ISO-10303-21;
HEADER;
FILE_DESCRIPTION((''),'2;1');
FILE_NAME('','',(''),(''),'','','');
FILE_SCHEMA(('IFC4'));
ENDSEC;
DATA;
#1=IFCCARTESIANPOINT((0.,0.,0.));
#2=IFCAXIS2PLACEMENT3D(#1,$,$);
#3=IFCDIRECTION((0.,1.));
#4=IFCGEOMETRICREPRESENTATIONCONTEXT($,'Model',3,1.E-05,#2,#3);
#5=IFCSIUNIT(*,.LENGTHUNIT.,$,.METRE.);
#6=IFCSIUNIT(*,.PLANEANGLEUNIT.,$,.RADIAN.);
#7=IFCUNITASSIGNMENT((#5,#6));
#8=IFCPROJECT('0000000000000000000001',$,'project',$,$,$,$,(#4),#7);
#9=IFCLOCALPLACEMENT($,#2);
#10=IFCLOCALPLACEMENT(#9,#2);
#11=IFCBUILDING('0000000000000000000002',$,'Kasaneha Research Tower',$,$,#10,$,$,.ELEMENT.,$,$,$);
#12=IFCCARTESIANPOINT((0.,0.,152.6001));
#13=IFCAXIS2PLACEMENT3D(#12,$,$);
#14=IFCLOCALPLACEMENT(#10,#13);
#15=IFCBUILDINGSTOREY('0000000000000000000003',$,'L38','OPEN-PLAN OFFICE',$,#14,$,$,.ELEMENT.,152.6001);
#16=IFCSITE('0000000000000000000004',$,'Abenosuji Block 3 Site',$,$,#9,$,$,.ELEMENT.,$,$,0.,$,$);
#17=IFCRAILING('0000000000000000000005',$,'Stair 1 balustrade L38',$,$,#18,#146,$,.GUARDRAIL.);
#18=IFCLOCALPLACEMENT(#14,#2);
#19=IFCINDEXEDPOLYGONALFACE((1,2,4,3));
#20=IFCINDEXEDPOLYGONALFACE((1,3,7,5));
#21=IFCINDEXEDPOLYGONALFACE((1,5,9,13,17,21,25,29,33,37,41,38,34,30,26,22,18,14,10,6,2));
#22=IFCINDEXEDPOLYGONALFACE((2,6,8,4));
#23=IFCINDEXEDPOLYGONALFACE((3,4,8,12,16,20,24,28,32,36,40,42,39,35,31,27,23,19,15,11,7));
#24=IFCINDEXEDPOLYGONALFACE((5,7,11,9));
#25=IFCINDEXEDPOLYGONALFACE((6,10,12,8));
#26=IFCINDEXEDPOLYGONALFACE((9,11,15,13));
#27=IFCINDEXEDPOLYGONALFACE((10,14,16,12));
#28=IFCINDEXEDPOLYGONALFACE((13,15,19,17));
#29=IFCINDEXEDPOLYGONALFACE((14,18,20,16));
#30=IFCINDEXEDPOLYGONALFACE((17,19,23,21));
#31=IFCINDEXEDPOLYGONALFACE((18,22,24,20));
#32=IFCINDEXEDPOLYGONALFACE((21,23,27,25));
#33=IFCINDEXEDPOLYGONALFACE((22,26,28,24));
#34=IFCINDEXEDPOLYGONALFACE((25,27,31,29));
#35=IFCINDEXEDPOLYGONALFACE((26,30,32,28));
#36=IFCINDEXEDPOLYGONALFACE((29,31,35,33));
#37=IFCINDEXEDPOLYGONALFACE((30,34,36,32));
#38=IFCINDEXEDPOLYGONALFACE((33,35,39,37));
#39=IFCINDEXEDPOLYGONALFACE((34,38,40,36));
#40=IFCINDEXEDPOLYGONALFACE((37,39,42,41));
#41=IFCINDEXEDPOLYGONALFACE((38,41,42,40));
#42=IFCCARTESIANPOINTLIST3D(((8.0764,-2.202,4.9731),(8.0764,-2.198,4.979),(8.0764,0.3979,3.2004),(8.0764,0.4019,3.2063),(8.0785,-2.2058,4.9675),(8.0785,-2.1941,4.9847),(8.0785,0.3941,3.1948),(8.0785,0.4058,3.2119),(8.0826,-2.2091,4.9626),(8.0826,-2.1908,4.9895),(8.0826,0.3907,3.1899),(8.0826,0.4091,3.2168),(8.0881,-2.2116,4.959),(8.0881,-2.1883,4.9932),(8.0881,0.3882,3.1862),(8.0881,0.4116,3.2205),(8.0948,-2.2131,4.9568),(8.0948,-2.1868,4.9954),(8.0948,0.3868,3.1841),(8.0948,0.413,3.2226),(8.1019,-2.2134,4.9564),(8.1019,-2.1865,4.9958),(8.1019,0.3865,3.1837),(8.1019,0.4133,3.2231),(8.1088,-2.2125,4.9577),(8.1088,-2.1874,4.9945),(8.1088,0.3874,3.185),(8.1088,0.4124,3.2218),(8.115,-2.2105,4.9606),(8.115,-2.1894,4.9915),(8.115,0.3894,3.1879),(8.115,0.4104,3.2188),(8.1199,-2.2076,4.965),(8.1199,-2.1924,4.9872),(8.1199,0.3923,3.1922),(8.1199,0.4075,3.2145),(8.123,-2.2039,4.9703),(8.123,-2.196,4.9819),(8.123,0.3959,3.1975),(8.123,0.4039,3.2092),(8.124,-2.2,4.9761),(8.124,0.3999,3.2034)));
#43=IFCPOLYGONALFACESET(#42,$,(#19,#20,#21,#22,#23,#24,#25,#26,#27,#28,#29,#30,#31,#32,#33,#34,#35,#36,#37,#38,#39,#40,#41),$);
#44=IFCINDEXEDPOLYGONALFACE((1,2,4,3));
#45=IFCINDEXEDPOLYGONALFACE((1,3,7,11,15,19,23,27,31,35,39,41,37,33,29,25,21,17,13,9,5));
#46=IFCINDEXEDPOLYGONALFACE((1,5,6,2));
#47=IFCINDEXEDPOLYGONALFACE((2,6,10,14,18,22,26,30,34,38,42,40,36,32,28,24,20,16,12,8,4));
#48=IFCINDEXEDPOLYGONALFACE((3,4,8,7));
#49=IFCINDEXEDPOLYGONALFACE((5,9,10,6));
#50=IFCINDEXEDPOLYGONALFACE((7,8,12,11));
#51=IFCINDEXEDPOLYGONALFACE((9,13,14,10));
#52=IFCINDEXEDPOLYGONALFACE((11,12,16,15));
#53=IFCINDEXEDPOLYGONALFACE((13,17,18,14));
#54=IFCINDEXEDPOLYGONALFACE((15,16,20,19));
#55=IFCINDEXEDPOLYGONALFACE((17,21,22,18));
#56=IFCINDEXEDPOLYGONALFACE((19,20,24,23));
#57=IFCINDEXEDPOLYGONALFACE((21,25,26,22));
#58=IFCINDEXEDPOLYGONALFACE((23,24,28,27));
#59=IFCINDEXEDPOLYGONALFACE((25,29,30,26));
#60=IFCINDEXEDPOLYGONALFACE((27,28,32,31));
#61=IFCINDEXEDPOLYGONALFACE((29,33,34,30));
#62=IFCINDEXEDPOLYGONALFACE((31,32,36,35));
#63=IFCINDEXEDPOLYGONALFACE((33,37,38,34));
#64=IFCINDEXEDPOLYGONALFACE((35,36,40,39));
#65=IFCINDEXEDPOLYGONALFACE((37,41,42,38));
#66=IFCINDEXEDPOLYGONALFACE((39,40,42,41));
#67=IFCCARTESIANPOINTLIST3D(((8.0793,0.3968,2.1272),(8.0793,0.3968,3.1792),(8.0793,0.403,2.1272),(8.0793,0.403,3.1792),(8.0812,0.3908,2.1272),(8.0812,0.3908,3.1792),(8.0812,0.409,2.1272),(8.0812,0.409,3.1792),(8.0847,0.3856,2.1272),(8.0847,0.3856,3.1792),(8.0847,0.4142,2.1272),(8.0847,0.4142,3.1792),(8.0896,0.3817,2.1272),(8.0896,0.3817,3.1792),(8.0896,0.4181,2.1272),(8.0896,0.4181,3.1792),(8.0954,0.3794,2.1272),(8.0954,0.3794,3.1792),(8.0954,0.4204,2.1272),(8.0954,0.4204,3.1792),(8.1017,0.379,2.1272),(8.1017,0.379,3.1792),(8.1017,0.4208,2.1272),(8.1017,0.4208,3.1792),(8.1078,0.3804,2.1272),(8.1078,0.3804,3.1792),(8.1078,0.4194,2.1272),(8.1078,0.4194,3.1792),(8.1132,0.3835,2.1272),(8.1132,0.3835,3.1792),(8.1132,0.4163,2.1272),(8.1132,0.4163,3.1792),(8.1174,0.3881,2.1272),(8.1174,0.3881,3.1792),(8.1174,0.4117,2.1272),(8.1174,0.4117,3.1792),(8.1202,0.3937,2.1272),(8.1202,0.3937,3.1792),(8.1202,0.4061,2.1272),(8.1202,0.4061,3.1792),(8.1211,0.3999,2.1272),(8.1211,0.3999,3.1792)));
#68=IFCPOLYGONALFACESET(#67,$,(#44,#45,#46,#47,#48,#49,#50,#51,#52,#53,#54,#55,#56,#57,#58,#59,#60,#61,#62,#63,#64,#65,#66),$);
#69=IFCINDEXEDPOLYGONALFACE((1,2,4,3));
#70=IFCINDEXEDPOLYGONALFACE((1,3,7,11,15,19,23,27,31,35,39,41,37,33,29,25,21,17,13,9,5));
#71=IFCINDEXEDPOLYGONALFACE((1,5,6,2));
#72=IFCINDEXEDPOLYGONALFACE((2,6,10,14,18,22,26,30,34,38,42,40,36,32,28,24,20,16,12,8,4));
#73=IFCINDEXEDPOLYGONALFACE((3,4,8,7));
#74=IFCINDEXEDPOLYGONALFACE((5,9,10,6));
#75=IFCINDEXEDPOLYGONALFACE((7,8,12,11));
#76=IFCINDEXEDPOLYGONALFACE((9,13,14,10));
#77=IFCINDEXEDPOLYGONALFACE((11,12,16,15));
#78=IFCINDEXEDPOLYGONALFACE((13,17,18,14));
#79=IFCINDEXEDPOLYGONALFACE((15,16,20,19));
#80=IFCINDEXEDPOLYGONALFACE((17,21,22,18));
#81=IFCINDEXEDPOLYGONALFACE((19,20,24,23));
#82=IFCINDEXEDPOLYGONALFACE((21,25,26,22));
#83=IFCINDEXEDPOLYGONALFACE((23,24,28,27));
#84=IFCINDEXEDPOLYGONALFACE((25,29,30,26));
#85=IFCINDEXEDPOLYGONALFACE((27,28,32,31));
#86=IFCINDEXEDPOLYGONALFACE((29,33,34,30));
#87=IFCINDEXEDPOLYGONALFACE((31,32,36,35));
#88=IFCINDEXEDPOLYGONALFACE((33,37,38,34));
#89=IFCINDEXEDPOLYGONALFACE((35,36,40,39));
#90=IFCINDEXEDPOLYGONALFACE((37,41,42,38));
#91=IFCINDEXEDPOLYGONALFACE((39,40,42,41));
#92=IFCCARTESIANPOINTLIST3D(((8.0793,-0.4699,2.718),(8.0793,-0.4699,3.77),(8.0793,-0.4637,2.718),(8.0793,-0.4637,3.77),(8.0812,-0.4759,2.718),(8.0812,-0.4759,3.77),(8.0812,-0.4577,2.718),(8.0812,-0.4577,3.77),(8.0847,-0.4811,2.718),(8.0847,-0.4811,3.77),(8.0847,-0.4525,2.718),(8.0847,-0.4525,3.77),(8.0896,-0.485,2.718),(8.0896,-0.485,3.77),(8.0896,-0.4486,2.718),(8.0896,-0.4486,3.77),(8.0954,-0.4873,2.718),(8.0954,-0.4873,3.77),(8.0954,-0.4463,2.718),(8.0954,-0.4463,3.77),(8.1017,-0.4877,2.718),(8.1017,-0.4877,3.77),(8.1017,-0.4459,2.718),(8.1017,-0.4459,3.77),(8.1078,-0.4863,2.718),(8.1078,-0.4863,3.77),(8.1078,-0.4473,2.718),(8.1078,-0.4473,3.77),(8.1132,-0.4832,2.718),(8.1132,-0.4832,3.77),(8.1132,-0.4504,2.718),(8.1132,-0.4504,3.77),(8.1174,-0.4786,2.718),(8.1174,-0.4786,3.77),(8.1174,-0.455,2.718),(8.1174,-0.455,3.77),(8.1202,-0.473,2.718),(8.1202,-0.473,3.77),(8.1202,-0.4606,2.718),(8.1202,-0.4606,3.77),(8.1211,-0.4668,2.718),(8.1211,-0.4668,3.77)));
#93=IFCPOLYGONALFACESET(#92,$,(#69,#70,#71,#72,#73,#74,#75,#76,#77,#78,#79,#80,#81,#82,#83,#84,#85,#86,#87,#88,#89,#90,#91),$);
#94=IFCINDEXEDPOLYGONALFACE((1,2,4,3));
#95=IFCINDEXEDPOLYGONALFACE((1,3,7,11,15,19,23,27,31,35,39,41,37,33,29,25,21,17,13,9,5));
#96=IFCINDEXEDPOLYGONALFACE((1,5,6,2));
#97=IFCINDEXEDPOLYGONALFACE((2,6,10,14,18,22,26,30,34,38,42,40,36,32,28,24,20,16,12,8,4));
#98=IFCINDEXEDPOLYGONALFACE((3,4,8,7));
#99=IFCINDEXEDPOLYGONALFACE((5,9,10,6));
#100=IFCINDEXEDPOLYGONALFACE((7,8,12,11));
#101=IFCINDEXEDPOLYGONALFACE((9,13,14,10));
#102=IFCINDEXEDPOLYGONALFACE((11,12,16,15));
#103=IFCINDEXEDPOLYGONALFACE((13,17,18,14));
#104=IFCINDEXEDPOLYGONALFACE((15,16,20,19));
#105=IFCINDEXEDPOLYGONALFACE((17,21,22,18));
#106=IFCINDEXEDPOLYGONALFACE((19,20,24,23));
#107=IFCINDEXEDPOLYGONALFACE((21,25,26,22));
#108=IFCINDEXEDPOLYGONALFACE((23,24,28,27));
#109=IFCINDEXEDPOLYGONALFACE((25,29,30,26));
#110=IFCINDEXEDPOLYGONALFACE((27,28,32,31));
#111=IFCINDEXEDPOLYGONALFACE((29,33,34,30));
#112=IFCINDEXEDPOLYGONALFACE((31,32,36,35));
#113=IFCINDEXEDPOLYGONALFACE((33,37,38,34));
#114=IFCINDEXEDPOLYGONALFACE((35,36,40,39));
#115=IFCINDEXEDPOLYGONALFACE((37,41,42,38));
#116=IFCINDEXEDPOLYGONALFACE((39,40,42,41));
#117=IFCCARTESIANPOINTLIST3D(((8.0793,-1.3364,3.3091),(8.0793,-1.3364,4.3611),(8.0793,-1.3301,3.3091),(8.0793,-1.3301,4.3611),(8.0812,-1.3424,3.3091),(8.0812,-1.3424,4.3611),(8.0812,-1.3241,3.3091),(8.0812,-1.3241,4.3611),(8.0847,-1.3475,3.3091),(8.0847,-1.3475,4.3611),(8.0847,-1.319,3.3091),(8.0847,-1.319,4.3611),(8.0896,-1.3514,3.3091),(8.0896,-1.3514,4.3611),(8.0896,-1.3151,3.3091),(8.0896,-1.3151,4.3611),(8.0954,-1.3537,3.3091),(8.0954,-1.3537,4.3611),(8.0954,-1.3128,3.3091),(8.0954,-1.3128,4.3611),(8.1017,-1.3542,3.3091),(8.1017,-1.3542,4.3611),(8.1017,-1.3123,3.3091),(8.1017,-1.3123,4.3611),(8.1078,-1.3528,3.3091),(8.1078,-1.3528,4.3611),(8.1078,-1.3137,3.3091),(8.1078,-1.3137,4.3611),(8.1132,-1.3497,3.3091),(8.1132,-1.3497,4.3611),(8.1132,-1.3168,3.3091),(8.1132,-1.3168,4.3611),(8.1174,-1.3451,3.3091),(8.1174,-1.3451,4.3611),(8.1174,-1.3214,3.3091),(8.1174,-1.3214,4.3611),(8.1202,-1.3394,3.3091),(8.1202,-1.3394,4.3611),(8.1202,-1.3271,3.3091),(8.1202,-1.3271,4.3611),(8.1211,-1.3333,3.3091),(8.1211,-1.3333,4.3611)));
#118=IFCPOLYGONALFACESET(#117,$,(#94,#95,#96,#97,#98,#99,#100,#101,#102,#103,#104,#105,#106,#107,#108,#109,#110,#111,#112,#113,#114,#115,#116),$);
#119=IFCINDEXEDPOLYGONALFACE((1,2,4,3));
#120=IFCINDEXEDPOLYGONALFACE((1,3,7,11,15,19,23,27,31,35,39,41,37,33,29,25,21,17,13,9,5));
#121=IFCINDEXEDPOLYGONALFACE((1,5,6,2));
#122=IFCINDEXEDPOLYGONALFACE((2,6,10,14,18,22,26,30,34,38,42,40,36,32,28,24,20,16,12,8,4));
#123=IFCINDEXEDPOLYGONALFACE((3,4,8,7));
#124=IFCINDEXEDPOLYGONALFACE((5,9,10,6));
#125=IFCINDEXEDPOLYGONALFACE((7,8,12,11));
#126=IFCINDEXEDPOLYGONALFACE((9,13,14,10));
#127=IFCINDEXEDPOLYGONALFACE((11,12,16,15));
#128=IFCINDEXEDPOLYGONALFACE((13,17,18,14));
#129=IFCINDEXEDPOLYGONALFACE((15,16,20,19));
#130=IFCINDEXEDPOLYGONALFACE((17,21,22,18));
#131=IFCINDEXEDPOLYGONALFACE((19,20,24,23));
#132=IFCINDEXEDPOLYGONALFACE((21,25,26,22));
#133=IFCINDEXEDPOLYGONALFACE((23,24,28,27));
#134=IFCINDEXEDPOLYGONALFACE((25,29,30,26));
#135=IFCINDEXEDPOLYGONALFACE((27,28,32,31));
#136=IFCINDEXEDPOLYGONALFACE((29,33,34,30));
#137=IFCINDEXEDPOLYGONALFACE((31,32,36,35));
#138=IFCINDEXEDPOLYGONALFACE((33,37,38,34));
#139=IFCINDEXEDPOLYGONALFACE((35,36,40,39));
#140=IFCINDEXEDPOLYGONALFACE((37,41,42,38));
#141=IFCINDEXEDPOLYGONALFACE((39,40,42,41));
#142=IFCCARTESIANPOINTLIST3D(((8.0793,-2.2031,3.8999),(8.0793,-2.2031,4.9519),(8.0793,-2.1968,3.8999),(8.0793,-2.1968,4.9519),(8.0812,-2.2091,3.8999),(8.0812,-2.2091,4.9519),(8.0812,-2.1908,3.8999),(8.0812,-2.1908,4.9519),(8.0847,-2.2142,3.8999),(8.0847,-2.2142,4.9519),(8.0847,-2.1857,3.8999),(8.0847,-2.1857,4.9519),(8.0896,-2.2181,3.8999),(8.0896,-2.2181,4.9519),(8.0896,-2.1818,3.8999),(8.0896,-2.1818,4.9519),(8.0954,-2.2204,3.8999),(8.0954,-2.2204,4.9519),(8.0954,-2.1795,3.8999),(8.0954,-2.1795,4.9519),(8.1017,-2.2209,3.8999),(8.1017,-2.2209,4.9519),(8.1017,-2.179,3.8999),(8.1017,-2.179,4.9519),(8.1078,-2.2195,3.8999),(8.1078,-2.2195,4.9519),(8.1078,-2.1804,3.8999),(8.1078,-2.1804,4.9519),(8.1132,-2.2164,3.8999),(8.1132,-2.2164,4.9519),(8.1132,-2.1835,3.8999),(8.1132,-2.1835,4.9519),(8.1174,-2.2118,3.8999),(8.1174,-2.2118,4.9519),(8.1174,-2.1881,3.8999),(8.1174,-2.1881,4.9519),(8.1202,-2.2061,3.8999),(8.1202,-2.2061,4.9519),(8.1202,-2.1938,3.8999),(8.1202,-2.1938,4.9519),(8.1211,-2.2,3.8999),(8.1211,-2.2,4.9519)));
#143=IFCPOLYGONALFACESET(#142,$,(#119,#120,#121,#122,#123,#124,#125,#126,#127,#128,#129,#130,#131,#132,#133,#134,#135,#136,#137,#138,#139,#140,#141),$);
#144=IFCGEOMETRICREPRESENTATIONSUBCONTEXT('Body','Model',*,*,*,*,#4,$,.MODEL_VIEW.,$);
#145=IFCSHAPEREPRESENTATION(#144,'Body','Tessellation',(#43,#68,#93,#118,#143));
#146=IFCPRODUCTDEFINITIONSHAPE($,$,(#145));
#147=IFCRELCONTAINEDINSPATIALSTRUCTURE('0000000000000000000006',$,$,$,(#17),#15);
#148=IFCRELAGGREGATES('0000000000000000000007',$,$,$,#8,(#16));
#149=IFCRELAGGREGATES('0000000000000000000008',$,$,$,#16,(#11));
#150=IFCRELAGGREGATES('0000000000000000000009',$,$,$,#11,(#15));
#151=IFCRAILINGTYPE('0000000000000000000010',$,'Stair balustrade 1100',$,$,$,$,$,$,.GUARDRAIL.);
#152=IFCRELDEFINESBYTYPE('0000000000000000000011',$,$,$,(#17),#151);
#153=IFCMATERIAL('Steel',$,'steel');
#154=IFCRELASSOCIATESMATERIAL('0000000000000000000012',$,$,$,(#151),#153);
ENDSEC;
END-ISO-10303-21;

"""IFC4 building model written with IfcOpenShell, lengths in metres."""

from ifc_helpers import new_model, si_unit, direction, frame, origin, origin_2d, place, context, subcontext, project, spatial, circle, extrude, material, type_object, element, save


model = new_model("IFC4")

# Units and contexts
model_context = context("Model", 3, precision=1e-05, world=origin(), true_north=direction((0.0, 1.0)))
body_context = subcontext(model_context, "Body", "Model", "MODEL_VIEW")
ifc_project = project(units=[si_unit("LENGTHUNIT", "METRE"), si_unit("PLANEANGLEUNIT", "RADIAN")], contexts=[model_context])

# Site, building, storey
site_placement = place(None, origin())
site = spatial("IfcSite", under=ifc_project, at=site_placement, Name="Abenosuji Block 3 Site", CompositionType="ELEMENT", RefElevation=0.0)
building_placement = place(site_placement, origin())
building = spatial("IfcBuilding", under=site, at=building_placement, Name="Kasaneha Research Tower", CompositionType="ELEMENT")
storey_placement = place(building_placement, frame((0.0, 0.0, 152.6001)))
storey = spatial("IfcBuildingStorey", under=building, at=storey_placement, Name="L38", Description="OPEN-PLAN OFFICE", CompositionType="ELEMENT", Elevation=152.6001)

# Railing
ifc_material_1 = material(Name="Steel", Category="steel")
railing_type_1 = type_object("IfcRailingType", Name="Stair balustrade 1100", PredefinedType="GUARDRAIL", material=ifc_material_1)
railing_1_placement = place(storey_placement, frame((8.1001, 0.3999, 2.1272)))
element("IfcRailing", 1, at=railing_1_placement, inside=storey, type_object=railing_type_1, Name="Stair 1 balustrade L38", PredefinedType="GUARDRAIL", context=body_context, shape_type="SweptSolid", body=[
    extrude(circle(Radius=0.0239, at=origin_2d()), frame((0.0, 0.0, 1.0762), z_axis=(0.0, -0.826216, 0.563354), x_axis=(1.0, 0.0, 0.0)), (0.0, 0.0, 1.0), 3.1467),
    extrude(circle(Radius=0.021, at=origin_2d()), origin(), (0.0, 0.0, 1.0), 1.052),
    extrude(circle(Radius=0.021, at=origin_2d()), frame((0.0, -0.8667, 0.5908)), (0.0, 0.0, 1.0), 1.052),
    extrude(circle(Radius=0.021, at=origin_2d()), frame((0.0, -1.7332, 1.1819)), (0.0, 0.0, 1.0), 1.052),
    extrude(circle(Radius=0.021, at=origin_2d()), frame((0.0, -2.5999, 1.7727)), (0.0, 0.0, 1.0), 1.052),
])

save(model, "model.ifc")
